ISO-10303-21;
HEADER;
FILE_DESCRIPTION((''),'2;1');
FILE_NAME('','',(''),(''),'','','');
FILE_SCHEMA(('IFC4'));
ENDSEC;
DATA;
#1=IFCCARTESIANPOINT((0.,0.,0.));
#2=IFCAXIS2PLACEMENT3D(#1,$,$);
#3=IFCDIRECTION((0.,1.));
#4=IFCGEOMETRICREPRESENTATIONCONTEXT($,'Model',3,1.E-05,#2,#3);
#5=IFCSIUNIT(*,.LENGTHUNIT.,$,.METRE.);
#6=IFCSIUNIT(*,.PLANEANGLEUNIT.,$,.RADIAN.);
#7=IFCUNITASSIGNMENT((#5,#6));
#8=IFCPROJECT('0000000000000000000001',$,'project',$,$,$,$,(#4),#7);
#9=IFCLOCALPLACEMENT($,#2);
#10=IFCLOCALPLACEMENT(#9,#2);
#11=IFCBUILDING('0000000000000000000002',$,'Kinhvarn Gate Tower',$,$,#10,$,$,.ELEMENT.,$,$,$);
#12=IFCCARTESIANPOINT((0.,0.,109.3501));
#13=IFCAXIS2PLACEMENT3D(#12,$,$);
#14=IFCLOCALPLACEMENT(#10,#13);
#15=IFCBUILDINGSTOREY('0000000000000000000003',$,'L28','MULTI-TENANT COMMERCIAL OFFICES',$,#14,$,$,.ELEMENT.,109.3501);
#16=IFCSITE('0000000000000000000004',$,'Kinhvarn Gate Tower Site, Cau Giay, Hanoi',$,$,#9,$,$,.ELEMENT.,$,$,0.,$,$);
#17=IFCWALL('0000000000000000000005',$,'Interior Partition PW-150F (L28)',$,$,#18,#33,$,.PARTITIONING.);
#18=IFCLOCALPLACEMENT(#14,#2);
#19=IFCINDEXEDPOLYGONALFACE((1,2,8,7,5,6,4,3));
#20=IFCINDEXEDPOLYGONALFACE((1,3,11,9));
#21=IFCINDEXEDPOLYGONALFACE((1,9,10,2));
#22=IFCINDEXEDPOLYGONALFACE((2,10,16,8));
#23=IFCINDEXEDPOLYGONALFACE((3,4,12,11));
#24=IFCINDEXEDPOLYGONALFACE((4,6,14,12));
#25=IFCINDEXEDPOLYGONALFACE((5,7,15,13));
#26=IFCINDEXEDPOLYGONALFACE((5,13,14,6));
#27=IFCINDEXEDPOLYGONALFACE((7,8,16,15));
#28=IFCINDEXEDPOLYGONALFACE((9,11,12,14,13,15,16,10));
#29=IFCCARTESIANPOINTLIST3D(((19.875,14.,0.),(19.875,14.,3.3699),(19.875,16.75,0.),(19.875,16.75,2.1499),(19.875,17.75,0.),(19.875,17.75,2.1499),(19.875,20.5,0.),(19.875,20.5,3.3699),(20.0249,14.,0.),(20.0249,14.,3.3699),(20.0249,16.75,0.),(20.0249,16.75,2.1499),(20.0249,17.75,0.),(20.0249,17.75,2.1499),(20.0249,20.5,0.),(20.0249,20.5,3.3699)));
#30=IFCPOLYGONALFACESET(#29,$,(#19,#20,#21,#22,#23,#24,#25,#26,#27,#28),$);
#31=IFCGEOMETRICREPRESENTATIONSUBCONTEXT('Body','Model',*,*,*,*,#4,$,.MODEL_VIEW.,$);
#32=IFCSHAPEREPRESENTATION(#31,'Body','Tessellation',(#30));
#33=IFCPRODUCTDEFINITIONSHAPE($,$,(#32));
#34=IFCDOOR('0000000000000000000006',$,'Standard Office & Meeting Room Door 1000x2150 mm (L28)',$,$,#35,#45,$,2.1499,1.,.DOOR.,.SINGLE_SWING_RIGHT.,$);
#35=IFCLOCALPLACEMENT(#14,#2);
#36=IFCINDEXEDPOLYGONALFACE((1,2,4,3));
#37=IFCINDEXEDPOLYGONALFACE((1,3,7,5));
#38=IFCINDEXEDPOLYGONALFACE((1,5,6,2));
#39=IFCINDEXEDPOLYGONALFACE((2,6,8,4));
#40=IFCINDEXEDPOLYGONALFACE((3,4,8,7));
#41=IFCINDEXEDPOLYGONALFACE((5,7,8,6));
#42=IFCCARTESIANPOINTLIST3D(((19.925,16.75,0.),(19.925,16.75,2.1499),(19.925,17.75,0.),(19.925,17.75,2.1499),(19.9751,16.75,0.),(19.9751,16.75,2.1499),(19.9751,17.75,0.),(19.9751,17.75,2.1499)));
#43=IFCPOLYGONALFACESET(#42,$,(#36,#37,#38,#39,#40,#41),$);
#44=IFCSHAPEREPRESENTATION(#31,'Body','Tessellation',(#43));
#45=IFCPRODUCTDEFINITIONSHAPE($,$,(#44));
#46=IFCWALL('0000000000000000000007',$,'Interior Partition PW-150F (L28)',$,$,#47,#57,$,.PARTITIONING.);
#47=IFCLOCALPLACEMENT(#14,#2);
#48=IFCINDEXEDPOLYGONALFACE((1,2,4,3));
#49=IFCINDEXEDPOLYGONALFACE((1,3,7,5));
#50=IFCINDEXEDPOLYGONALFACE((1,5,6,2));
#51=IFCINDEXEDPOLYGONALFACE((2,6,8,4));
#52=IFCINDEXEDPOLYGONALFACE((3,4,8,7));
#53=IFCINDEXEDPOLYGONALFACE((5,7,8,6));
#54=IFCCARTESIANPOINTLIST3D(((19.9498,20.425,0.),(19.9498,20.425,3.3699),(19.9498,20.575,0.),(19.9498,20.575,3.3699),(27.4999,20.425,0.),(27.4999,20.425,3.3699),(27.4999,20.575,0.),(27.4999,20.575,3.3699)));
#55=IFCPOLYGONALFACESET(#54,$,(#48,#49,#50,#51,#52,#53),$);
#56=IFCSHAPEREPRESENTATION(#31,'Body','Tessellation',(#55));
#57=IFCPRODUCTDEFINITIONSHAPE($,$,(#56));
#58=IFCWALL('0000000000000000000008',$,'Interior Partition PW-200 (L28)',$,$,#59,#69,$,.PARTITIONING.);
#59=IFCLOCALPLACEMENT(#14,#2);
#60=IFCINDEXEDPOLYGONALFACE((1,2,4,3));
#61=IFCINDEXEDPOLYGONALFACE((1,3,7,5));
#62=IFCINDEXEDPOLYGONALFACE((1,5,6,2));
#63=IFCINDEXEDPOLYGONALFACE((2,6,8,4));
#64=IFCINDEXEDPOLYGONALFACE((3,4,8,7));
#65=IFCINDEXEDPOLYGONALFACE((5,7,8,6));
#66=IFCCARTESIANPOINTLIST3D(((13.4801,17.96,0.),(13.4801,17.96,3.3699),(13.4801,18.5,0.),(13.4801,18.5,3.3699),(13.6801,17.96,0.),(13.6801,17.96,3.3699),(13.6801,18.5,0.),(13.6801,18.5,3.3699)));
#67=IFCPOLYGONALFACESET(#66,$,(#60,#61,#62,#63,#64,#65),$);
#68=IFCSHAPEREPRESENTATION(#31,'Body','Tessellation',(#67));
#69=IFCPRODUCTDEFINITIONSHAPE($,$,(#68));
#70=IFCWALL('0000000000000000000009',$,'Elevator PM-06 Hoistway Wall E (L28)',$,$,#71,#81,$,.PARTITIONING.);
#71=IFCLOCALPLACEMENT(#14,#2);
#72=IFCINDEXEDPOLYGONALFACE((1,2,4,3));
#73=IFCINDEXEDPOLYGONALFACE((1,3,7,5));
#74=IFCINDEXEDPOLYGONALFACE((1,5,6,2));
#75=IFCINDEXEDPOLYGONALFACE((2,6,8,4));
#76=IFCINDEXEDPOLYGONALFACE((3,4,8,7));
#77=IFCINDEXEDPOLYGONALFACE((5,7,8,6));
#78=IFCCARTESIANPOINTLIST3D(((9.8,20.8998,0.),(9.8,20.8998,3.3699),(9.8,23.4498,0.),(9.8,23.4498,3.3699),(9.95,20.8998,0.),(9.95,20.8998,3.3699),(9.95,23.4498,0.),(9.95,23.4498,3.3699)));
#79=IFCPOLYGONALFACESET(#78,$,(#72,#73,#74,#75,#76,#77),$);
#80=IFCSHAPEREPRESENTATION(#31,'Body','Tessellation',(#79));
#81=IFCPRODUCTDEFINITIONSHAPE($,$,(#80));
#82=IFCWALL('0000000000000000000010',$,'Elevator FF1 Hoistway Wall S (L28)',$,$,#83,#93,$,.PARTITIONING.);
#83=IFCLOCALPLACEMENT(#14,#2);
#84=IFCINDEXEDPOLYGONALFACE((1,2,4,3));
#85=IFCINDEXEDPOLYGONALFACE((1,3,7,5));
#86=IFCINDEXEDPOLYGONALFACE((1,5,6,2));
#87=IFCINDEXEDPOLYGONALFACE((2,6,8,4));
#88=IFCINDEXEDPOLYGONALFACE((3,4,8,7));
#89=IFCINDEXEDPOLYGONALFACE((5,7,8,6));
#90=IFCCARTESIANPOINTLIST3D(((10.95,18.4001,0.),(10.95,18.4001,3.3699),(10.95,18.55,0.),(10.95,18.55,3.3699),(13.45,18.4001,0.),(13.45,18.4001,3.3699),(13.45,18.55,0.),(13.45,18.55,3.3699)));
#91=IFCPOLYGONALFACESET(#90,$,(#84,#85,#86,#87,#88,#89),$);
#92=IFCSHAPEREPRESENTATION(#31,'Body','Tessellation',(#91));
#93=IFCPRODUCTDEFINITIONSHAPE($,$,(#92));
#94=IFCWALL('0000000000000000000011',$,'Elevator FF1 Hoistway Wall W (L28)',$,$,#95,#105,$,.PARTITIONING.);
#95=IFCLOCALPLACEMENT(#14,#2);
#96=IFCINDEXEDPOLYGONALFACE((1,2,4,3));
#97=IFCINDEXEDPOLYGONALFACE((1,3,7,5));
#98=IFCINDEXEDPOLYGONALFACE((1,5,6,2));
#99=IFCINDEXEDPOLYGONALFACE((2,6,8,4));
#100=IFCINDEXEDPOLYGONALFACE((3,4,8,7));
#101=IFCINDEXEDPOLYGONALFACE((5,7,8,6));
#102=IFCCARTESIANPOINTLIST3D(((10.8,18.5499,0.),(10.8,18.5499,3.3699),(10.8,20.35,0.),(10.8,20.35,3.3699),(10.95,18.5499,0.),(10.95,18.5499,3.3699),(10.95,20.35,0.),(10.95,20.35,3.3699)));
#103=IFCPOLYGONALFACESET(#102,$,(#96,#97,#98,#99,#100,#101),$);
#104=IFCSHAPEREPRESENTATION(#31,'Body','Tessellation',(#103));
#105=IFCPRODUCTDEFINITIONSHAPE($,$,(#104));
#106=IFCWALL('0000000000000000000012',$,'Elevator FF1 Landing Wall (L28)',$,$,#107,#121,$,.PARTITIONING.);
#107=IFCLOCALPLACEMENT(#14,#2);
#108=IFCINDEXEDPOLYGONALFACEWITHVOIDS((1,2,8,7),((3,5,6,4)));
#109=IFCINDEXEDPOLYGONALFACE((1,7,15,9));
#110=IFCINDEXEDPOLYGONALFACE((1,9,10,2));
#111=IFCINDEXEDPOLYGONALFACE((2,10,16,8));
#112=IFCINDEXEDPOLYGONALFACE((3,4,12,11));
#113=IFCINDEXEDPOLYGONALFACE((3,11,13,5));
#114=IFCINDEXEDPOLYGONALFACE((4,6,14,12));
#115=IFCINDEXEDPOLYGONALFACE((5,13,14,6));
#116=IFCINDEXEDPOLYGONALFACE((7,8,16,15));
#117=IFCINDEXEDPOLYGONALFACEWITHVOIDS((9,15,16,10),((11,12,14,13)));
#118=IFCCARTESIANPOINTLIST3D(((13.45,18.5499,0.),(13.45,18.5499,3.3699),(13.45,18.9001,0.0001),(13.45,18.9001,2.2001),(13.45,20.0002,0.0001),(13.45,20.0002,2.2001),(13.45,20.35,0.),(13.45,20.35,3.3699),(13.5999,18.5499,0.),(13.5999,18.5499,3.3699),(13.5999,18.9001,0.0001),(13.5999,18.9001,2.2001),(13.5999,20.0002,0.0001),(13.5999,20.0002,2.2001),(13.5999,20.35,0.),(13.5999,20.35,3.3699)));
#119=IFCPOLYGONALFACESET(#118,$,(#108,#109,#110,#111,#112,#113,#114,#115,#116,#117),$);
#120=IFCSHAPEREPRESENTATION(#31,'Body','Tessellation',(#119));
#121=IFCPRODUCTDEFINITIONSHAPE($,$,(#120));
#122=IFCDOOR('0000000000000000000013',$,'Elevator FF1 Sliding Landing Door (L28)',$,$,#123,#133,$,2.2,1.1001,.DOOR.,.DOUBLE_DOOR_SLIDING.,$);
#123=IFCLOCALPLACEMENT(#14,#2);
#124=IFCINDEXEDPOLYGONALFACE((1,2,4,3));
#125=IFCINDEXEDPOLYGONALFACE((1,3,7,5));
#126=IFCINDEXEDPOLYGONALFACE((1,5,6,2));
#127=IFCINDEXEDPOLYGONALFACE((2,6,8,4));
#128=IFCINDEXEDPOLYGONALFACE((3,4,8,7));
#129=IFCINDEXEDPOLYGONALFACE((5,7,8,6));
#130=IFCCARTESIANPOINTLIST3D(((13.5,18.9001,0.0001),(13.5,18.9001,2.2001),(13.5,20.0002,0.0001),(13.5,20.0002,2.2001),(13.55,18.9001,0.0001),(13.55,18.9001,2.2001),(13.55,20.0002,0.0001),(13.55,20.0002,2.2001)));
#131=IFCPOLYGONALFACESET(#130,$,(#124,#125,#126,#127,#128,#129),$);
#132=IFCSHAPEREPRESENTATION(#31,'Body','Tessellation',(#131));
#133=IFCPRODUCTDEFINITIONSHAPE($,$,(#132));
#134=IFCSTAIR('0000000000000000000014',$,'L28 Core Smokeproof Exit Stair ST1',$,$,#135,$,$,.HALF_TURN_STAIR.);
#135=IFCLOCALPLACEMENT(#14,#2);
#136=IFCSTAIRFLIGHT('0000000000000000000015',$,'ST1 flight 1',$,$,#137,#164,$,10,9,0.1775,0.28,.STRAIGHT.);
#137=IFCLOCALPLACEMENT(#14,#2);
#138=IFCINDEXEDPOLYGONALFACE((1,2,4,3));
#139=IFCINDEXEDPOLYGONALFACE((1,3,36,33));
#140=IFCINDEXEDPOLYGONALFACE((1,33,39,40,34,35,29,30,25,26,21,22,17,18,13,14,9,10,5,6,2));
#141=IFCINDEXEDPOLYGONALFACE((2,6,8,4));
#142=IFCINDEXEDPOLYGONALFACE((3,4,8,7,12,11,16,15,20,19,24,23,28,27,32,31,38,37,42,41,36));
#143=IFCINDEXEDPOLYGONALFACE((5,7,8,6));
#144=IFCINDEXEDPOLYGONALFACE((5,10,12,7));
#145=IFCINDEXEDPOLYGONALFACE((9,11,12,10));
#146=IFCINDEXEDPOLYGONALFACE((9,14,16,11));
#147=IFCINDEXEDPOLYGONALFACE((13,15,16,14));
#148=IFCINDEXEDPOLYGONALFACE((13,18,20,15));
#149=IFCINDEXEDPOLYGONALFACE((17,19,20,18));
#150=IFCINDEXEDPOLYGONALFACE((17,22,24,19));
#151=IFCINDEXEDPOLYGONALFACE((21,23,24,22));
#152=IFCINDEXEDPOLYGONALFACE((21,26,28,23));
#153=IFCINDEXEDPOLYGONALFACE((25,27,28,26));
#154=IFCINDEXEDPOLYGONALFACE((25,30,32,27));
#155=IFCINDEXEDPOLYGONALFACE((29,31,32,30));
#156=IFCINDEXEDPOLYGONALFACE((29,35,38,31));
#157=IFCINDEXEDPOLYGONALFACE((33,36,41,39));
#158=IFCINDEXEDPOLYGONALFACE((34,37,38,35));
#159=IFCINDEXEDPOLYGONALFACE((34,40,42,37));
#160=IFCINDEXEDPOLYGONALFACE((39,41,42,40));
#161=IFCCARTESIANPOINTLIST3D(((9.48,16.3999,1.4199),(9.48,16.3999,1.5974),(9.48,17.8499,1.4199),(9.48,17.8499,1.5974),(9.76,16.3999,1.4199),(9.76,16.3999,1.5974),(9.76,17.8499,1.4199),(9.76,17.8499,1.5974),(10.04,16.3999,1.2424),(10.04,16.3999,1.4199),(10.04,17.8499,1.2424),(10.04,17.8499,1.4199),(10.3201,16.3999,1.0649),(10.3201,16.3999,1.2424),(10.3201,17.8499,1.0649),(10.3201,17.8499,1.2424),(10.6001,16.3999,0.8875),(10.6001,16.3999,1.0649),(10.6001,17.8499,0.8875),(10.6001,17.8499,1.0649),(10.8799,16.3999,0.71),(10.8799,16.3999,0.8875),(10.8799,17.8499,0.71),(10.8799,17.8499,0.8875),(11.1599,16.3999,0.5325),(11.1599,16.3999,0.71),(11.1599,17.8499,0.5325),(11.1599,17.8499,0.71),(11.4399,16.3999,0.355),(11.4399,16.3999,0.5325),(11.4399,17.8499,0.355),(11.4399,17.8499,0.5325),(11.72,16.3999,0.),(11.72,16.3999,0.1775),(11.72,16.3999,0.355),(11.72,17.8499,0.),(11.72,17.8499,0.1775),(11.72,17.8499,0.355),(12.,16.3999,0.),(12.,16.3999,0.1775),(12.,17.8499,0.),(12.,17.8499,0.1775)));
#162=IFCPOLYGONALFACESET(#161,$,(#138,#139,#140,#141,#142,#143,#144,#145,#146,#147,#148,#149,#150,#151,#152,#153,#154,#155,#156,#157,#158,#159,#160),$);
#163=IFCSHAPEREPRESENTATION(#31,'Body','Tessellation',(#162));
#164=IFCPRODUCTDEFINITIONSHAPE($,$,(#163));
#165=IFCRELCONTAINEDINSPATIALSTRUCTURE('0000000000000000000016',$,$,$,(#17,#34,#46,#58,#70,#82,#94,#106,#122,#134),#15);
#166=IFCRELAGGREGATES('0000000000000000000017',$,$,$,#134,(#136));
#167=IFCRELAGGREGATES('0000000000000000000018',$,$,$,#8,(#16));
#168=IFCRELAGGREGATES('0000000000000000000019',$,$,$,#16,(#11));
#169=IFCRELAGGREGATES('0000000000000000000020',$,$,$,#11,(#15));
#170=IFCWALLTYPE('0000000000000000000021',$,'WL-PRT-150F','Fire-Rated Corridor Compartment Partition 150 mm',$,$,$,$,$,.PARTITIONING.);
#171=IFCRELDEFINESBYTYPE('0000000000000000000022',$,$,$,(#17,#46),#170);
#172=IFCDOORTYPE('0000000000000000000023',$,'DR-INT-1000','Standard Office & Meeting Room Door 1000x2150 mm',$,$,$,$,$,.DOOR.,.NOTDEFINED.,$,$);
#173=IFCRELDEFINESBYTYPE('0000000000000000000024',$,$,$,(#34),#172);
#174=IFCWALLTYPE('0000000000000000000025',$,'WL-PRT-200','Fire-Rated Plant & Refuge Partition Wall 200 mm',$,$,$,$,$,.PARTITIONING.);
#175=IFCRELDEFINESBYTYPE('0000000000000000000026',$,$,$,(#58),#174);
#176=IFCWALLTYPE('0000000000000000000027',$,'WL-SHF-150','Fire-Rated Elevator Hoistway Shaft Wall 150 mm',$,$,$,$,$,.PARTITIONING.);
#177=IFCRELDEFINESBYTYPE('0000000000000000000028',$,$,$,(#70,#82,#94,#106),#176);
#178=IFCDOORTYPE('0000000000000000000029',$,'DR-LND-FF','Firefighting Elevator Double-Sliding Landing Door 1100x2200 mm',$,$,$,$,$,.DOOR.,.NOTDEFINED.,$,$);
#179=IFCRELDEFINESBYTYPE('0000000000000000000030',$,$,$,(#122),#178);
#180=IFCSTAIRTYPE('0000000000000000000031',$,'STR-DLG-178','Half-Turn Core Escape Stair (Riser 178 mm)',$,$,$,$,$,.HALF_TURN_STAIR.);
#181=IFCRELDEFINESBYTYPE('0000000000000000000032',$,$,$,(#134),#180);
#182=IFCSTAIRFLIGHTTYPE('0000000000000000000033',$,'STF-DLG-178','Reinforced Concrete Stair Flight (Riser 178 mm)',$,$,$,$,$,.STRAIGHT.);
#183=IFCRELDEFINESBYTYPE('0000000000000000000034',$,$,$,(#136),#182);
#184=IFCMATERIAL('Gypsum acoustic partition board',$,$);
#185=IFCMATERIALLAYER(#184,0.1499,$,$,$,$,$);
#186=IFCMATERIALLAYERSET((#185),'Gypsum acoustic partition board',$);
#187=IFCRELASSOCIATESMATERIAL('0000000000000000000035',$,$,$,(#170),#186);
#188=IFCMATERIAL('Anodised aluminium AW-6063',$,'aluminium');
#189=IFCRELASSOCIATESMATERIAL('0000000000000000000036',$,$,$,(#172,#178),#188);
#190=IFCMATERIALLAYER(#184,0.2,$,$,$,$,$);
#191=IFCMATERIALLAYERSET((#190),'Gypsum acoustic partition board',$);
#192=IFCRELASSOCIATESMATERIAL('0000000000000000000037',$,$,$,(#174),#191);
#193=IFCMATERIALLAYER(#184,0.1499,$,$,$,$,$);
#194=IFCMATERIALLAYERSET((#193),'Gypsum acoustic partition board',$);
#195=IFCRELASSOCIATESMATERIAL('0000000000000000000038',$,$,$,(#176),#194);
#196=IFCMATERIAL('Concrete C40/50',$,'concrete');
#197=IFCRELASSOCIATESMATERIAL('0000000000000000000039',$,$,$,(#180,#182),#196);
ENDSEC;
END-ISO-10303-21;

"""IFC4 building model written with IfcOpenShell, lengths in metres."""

from ifc_helpers import new_model, si_unit, direction, frame, frame_2d, origin, place, context, subcontext, project, spatial, polyline, rectangle, outline, extrude, material, layer, layer_set, type_object, element, fill, aggregate, save


model = new_model("IFC4")

# Units and contexts
model_context = context("Model", 3, precision=1e-05, world=origin(), true_north=direction((0.0, 1.0)))
body_context = subcontext(model_context, "Body", "Model", "MODEL_VIEW")
ifc_project = project(units=[si_unit("LENGTHUNIT", "METRE"), si_unit("PLANEANGLEUNIT", "RADIAN")], contexts=[model_context])

# Site, building, storey
site_placement = place(None, origin())
site = spatial("IfcSite", under=ifc_project, at=site_placement, Name="Kinhvarn Gate Tower Site, Cau Giay, Hanoi", CompositionType="ELEMENT", RefElevation=0.0)
building_placement = place(site_placement, origin())
building = spatial("IfcBuilding", under=site, at=building_placement, Name="Kinhvarn Gate Tower", CompositionType="ELEMENT")
storey_placement = place(building_placement, frame((0.0, 0.0, 109.3501)))
storey = spatial("IfcBuildingStorey", under=building, at=storey_placement, Name="L28", Description="MULTI-TENANT COMMERCIAL OFFICES", CompositionType="ELEMENT", Elevation=109.3501)

# Wall, opening, door
ifc_material_1 = material(Name="Anodised aluminium AW-6063", Category="aluminium")
ifc_material_2 = material(Name="Gypsum acoustic partition board")
ifc_layer_1 = layer(ifc_material_2, 0.1499)
ifc_layer_set_1 = layer_set([ifc_layer_1], Name="Gypsum acoustic partition board")
wall_type_1 = type_object("IfcWallType", Name="WL-PRT-150F", Description="Fire-Rated Corridor Compartment Partition 150 mm", PredefinedType="PARTITIONING", material=ifc_layer_set_1)
wall_1_placement = place(storey_placement, frame((19.95, 14.0, 0.0), z_axis=(0.0, 0.0, 1.0), x_axis=(0.0, 1.0, 0.0)))
wall_1 = element("IfcWall", 1, at=wall_1_placement, inside=storey, type_object=wall_type_1, Name="Interior Partition PW-150F (L28)", PredefinedType="PARTITIONING", context=body_context, shape_type="SweptSolid", body=[
    extrude(rectangle(XDim=6.5, YDim=0.1499, at=frame_2d((3.25, 0.0))), origin(), (0.0, 0.0, 1.0), 3.3699),
])
opening_1_placement = place(wall_1_placement, frame((2.75, 0.0, 0.0)))
opening_1 = element("IfcOpeningElement", 2, at=opening_1_placement, cuts=wall_1, PredefinedType="OPENING", context=body_context, shape_type="SweptSolid", body=[
    extrude(rectangle(XDim=1.0, YDim=2.1499, at=frame_2d((0.5, 1.075))), frame((0.0, 0.085, 0.0), z_axis=(0.0, -1.0, 0.0), x_axis=(1.0, 0.0, 0.0)), (0.0, 0.0, 1.0), 0.1699),
])
door_type_1 = type_object("IfcDoorType", Name="DR-INT-1000", Description="Standard Office & Meeting Room Door 1000x2150 mm", OperationType="NOTDEFINED", PredefinedType="DOOR", material=ifc_material_1)
door_1_placement = place(opening_1_placement, origin())
door_1 = element("IfcDoor", 3, at=door_1_placement, inside=storey, type_object=door_type_1, Name="Standard Office & Meeting Room Door 1000x2150 mm (L28)", OperationType="SINGLE_SWING_RIGHT", OverallHeight=2.1499, OverallWidth=1.0, PredefinedType="DOOR", context=body_context, shape_type="SweptSolid", body=[
    extrude(rectangle(XDim=1.0, YDim=2.1499, at=frame_2d((0.5, 1.075))), frame((0.0, 0.0249, 0.0), z_axis=(0.0, -1.0, 0.0), x_axis=(1.0, 0.0, 0.0)), (0.0, 0.0, 1.0), 0.05),
])
fill(opening_1, door_1)

# Walls
wall_2_placement = place(storey_placement, frame((19.95, 20.5, 0.0), z_axis=(0.0, 0.0, 1.0), x_axis=(1.0, 0.0, 0.0)))
element("IfcWall", 4, at=wall_2_placement, inside=storey, type_object=wall_type_1, Name="Interior Partition PW-150F (L28)", PredefinedType="PARTITIONING", context=body_context, shape_type="SweptSolid", body=[
    extrude(rectangle(XDim=7.55, YDim=0.1499, at=frame_2d((3.7749, 0.0))), origin(), (0.0, 0.0, 1.0), 3.3699),
])
ifc_layer_2 = layer(ifc_material_2, 0.2)
ifc_layer_set_2 = layer_set([ifc_layer_2], Name="Gypsum acoustic partition board")
wall_type_2 = type_object("IfcWallType", Name="WL-PRT-200", Description="Fire-Rated Plant & Refuge Partition Wall 200 mm", PredefinedType="PARTITIONING", material=ifc_layer_set_2)
wall_3_placement = place(storey_placement, frame((13.5801, 17.96, 0.0), z_axis=(0.0, 0.0, 1.0), x_axis=(0.0, 1.0, 0.0)))
element("IfcWall", 5, at=wall_3_placement, inside=storey, type_object=wall_type_2, Name="Interior Partition PW-200 (L28)", PredefinedType="PARTITIONING", context=body_context, shape_type="SweptSolid", body=[
    extrude(rectangle(XDim=0.54, YDim=0.2, at=frame_2d((0.27, 0.0))), origin(), (0.0, 0.0, 1.0), 3.3699),
])
ifc_layer_3 = layer(ifc_material_2, 0.1499)
ifc_layer_set_3 = layer_set([ifc_layer_3], Name="Gypsum acoustic partition board")
wall_type_3 = type_object("IfcWallType", Name="WL-SHF-150", Description="Fire-Rated Elevator Hoistway Shaft Wall 150 mm", PredefinedType="PARTITIONING", material=ifc_layer_set_3)
wall_4_placement = place(storey_placement, frame((9.875, 20.8999, 0.0), z_axis=(0.0, 0.0, 1.0), x_axis=(0.0, 1.0, 0.0)))
element("IfcWall", 6, at=wall_4_placement, inside=storey, type_object=wall_type_3, Name="Elevator PM-06 Hoistway Wall E (L28)", PredefinedType="PARTITIONING", context=body_context, shape_type="SweptSolid", body=[
    extrude(rectangle(XDim=2.55, YDim=0.1499, at=frame_2d((1.2749, 0.0))), origin(), (0.0, 0.0, 1.0), 3.3699),
])
wall_5_placement = place(storey_placement, frame((10.95, 18.4751, 0.0), z_axis=(0.0, 0.0, 1.0), x_axis=(1.0, 0.0, 0.0)))
element("IfcWall", 7, at=wall_5_placement, inside=storey, type_object=wall_type_3, Name="Elevator FF1 Hoistway Wall S (L28)", PredefinedType="PARTITIONING", context=body_context, shape_type="SweptSolid", body=[
    extrude(rectangle(XDim=2.5, YDim=0.1499, at=frame_2d((1.25, 0.0))), origin(), (0.0, 0.0, 1.0), 3.3699),
])
wall_6_placement = place(storey_placement, frame((10.875, 18.55, 0.0), z_axis=(0.0, 0.0, 1.0), x_axis=(0.0, 1.0, 0.0)))
element("IfcWall", 8, at=wall_6_placement, inside=storey, type_object=wall_type_3, Name="Elevator FF1 Hoistway Wall W (L28)", PredefinedType="PARTITIONING", context=body_context, shape_type="SweptSolid", body=[
    extrude(rectangle(XDim=1.8, YDim=0.1499, at=frame_2d((0.8999, 0.0))), origin(), (0.0, 0.0, 1.0), 3.3699),
])

# Wall, opening, door
wall_7_placement = place(storey_placement, frame((13.5249, 18.55, 0.0), z_axis=(0.0, 0.0, 1.0), x_axis=(0.0, 1.0, 0.0)))
wall_7 = element("IfcWall", 9, at=wall_7_placement, inside=storey, type_object=wall_type_3, Name="Elevator FF1 Landing Wall (L28)", PredefinedType="PARTITIONING", context=body_context, shape_type="SweptSolid", body=[
    extrude(rectangle(XDim=1.8, YDim=0.1499, at=frame_2d((0.8999, 0.0))), origin(), (0.0, 0.0, 1.0), 3.3699),
])
opening_2_placement = place(wall_7_placement, frame((0.3501, 0.0, 0.0)))
opening_2 = element("IfcOpeningElement", 10, at=opening_2_placement, cuts=wall_7, PredefinedType="OPENING", context=body_context, shape_type="SweptSolid", body=[
    extrude(rectangle(XDim=1.1001, YDim=2.2, at=frame_2d((0.55, 1.1001))), frame((0.0, 0.085, 0.0), z_axis=(0.0, -1.0, 0.0), x_axis=(1.0, 0.0, 0.0)), (0.0, 0.0, 1.0), 0.1699),
])
door_type_2 = type_object("IfcDoorType", Name="DR-LND-FF", Description="Firefighting Elevator Double-Sliding Landing Door 1100x2200 mm", OperationType="NOTDEFINED", PredefinedType="DOOR", material=ifc_material_1)
door_2_placement = place(opening_2_placement, origin())
door_2 = element("IfcDoor", 11, at=door_2_placement, inside=storey, type_object=door_type_2, Name="Elevator FF1 Sliding Landing Door (L28)", OperationType="DOUBLE_DOOR_SLIDING", OverallHeight=2.2, OverallWidth=1.1001, PredefinedType="DOOR", context=body_context, shape_type="SweptSolid", body=[
    extrude(rectangle(XDim=1.1001, YDim=2.2, at=frame_2d((0.55, 1.1001))), frame((0.0, 0.0249, 0.0), z_axis=(0.0, -1.0, 0.0), x_axis=(1.0, 0.0, 0.0)), (0.0, 0.0, 1.0), 0.05),
])
fill(opening_2, door_2)
ifc_material_3 = material(Name="Concrete C40/50", Category="concrete")

# Stair, stair flight
stair_type = type_object("IfcStairType", Name="STR-DLG-178", Description="Half-Turn Core Escape Stair (Riser 178 mm)", PredefinedType="HALF_TURN_STAIR", material=ifc_material_3)
stair_placement = place(storey_placement, origin())
stair = element("IfcStair", 12, at=stair_placement, inside=storey, type_object=stair_type, Name="L28 Core Smokeproof Exit Stair ST1", PredefinedType="HALF_TURN_STAIR")
stair_flight_type = type_object("IfcStairFlightType", Name="STF-DLG-178", Description="Reinforced Concrete Stair Flight (Riser 178 mm)", PredefinedType="STRAIGHT", material=ifc_material_3)
stair_flight_1_placement = place(storey_placement, frame((12.0, 17.125, 0.0), z_axis=(0.0, 0.0, 1.0), x_axis=(-1.0, 0.0, 0.0)))
stair_flight_1 = element("IfcStairFlight", 13, at=stair_flight_1_placement, type_object=stair_flight_type, Name="ST1 flight 1", NumberOfRisers=10, NumberOfTreads=9, PredefinedType="STRAIGHT", RiserHeight=0.1775, TreadLength=0.28, context=body_context, shape_type="SweptSolid", body=[
    extrude(outline(polyline([(0.0, 0.0), (0.0, 0.1775), (0.28, 0.1775), (0.28, 0.355), (0.5601, 0.355), (0.5601, 0.5325), (0.8401, 0.5325), (0.8401, 0.71), (1.1201, 0.71), (1.1201, 0.8875), (1.3999, 0.8875), (1.3999, 1.0649), (1.6799, 1.0649), (1.6799, 1.2424), (1.96, 1.2424), (1.96, 1.4199), (2.24, 1.4199), (2.24, 1.5974), (2.52, 1.5974), (2.52, 1.7749), (2.52, 1.4199), (0.28, 0.0), (0.0, 0.0)])), frame((0.0, 0.7251, 0.0), z_axis=(0.0, -1.0, 0.0), x_axis=(1.0, 0.0, 0.0)), (0.0, 0.0, 1.0), 1.45),
])
aggregate(stair, [stair_flight_1])

save(model, "model.ifc")
